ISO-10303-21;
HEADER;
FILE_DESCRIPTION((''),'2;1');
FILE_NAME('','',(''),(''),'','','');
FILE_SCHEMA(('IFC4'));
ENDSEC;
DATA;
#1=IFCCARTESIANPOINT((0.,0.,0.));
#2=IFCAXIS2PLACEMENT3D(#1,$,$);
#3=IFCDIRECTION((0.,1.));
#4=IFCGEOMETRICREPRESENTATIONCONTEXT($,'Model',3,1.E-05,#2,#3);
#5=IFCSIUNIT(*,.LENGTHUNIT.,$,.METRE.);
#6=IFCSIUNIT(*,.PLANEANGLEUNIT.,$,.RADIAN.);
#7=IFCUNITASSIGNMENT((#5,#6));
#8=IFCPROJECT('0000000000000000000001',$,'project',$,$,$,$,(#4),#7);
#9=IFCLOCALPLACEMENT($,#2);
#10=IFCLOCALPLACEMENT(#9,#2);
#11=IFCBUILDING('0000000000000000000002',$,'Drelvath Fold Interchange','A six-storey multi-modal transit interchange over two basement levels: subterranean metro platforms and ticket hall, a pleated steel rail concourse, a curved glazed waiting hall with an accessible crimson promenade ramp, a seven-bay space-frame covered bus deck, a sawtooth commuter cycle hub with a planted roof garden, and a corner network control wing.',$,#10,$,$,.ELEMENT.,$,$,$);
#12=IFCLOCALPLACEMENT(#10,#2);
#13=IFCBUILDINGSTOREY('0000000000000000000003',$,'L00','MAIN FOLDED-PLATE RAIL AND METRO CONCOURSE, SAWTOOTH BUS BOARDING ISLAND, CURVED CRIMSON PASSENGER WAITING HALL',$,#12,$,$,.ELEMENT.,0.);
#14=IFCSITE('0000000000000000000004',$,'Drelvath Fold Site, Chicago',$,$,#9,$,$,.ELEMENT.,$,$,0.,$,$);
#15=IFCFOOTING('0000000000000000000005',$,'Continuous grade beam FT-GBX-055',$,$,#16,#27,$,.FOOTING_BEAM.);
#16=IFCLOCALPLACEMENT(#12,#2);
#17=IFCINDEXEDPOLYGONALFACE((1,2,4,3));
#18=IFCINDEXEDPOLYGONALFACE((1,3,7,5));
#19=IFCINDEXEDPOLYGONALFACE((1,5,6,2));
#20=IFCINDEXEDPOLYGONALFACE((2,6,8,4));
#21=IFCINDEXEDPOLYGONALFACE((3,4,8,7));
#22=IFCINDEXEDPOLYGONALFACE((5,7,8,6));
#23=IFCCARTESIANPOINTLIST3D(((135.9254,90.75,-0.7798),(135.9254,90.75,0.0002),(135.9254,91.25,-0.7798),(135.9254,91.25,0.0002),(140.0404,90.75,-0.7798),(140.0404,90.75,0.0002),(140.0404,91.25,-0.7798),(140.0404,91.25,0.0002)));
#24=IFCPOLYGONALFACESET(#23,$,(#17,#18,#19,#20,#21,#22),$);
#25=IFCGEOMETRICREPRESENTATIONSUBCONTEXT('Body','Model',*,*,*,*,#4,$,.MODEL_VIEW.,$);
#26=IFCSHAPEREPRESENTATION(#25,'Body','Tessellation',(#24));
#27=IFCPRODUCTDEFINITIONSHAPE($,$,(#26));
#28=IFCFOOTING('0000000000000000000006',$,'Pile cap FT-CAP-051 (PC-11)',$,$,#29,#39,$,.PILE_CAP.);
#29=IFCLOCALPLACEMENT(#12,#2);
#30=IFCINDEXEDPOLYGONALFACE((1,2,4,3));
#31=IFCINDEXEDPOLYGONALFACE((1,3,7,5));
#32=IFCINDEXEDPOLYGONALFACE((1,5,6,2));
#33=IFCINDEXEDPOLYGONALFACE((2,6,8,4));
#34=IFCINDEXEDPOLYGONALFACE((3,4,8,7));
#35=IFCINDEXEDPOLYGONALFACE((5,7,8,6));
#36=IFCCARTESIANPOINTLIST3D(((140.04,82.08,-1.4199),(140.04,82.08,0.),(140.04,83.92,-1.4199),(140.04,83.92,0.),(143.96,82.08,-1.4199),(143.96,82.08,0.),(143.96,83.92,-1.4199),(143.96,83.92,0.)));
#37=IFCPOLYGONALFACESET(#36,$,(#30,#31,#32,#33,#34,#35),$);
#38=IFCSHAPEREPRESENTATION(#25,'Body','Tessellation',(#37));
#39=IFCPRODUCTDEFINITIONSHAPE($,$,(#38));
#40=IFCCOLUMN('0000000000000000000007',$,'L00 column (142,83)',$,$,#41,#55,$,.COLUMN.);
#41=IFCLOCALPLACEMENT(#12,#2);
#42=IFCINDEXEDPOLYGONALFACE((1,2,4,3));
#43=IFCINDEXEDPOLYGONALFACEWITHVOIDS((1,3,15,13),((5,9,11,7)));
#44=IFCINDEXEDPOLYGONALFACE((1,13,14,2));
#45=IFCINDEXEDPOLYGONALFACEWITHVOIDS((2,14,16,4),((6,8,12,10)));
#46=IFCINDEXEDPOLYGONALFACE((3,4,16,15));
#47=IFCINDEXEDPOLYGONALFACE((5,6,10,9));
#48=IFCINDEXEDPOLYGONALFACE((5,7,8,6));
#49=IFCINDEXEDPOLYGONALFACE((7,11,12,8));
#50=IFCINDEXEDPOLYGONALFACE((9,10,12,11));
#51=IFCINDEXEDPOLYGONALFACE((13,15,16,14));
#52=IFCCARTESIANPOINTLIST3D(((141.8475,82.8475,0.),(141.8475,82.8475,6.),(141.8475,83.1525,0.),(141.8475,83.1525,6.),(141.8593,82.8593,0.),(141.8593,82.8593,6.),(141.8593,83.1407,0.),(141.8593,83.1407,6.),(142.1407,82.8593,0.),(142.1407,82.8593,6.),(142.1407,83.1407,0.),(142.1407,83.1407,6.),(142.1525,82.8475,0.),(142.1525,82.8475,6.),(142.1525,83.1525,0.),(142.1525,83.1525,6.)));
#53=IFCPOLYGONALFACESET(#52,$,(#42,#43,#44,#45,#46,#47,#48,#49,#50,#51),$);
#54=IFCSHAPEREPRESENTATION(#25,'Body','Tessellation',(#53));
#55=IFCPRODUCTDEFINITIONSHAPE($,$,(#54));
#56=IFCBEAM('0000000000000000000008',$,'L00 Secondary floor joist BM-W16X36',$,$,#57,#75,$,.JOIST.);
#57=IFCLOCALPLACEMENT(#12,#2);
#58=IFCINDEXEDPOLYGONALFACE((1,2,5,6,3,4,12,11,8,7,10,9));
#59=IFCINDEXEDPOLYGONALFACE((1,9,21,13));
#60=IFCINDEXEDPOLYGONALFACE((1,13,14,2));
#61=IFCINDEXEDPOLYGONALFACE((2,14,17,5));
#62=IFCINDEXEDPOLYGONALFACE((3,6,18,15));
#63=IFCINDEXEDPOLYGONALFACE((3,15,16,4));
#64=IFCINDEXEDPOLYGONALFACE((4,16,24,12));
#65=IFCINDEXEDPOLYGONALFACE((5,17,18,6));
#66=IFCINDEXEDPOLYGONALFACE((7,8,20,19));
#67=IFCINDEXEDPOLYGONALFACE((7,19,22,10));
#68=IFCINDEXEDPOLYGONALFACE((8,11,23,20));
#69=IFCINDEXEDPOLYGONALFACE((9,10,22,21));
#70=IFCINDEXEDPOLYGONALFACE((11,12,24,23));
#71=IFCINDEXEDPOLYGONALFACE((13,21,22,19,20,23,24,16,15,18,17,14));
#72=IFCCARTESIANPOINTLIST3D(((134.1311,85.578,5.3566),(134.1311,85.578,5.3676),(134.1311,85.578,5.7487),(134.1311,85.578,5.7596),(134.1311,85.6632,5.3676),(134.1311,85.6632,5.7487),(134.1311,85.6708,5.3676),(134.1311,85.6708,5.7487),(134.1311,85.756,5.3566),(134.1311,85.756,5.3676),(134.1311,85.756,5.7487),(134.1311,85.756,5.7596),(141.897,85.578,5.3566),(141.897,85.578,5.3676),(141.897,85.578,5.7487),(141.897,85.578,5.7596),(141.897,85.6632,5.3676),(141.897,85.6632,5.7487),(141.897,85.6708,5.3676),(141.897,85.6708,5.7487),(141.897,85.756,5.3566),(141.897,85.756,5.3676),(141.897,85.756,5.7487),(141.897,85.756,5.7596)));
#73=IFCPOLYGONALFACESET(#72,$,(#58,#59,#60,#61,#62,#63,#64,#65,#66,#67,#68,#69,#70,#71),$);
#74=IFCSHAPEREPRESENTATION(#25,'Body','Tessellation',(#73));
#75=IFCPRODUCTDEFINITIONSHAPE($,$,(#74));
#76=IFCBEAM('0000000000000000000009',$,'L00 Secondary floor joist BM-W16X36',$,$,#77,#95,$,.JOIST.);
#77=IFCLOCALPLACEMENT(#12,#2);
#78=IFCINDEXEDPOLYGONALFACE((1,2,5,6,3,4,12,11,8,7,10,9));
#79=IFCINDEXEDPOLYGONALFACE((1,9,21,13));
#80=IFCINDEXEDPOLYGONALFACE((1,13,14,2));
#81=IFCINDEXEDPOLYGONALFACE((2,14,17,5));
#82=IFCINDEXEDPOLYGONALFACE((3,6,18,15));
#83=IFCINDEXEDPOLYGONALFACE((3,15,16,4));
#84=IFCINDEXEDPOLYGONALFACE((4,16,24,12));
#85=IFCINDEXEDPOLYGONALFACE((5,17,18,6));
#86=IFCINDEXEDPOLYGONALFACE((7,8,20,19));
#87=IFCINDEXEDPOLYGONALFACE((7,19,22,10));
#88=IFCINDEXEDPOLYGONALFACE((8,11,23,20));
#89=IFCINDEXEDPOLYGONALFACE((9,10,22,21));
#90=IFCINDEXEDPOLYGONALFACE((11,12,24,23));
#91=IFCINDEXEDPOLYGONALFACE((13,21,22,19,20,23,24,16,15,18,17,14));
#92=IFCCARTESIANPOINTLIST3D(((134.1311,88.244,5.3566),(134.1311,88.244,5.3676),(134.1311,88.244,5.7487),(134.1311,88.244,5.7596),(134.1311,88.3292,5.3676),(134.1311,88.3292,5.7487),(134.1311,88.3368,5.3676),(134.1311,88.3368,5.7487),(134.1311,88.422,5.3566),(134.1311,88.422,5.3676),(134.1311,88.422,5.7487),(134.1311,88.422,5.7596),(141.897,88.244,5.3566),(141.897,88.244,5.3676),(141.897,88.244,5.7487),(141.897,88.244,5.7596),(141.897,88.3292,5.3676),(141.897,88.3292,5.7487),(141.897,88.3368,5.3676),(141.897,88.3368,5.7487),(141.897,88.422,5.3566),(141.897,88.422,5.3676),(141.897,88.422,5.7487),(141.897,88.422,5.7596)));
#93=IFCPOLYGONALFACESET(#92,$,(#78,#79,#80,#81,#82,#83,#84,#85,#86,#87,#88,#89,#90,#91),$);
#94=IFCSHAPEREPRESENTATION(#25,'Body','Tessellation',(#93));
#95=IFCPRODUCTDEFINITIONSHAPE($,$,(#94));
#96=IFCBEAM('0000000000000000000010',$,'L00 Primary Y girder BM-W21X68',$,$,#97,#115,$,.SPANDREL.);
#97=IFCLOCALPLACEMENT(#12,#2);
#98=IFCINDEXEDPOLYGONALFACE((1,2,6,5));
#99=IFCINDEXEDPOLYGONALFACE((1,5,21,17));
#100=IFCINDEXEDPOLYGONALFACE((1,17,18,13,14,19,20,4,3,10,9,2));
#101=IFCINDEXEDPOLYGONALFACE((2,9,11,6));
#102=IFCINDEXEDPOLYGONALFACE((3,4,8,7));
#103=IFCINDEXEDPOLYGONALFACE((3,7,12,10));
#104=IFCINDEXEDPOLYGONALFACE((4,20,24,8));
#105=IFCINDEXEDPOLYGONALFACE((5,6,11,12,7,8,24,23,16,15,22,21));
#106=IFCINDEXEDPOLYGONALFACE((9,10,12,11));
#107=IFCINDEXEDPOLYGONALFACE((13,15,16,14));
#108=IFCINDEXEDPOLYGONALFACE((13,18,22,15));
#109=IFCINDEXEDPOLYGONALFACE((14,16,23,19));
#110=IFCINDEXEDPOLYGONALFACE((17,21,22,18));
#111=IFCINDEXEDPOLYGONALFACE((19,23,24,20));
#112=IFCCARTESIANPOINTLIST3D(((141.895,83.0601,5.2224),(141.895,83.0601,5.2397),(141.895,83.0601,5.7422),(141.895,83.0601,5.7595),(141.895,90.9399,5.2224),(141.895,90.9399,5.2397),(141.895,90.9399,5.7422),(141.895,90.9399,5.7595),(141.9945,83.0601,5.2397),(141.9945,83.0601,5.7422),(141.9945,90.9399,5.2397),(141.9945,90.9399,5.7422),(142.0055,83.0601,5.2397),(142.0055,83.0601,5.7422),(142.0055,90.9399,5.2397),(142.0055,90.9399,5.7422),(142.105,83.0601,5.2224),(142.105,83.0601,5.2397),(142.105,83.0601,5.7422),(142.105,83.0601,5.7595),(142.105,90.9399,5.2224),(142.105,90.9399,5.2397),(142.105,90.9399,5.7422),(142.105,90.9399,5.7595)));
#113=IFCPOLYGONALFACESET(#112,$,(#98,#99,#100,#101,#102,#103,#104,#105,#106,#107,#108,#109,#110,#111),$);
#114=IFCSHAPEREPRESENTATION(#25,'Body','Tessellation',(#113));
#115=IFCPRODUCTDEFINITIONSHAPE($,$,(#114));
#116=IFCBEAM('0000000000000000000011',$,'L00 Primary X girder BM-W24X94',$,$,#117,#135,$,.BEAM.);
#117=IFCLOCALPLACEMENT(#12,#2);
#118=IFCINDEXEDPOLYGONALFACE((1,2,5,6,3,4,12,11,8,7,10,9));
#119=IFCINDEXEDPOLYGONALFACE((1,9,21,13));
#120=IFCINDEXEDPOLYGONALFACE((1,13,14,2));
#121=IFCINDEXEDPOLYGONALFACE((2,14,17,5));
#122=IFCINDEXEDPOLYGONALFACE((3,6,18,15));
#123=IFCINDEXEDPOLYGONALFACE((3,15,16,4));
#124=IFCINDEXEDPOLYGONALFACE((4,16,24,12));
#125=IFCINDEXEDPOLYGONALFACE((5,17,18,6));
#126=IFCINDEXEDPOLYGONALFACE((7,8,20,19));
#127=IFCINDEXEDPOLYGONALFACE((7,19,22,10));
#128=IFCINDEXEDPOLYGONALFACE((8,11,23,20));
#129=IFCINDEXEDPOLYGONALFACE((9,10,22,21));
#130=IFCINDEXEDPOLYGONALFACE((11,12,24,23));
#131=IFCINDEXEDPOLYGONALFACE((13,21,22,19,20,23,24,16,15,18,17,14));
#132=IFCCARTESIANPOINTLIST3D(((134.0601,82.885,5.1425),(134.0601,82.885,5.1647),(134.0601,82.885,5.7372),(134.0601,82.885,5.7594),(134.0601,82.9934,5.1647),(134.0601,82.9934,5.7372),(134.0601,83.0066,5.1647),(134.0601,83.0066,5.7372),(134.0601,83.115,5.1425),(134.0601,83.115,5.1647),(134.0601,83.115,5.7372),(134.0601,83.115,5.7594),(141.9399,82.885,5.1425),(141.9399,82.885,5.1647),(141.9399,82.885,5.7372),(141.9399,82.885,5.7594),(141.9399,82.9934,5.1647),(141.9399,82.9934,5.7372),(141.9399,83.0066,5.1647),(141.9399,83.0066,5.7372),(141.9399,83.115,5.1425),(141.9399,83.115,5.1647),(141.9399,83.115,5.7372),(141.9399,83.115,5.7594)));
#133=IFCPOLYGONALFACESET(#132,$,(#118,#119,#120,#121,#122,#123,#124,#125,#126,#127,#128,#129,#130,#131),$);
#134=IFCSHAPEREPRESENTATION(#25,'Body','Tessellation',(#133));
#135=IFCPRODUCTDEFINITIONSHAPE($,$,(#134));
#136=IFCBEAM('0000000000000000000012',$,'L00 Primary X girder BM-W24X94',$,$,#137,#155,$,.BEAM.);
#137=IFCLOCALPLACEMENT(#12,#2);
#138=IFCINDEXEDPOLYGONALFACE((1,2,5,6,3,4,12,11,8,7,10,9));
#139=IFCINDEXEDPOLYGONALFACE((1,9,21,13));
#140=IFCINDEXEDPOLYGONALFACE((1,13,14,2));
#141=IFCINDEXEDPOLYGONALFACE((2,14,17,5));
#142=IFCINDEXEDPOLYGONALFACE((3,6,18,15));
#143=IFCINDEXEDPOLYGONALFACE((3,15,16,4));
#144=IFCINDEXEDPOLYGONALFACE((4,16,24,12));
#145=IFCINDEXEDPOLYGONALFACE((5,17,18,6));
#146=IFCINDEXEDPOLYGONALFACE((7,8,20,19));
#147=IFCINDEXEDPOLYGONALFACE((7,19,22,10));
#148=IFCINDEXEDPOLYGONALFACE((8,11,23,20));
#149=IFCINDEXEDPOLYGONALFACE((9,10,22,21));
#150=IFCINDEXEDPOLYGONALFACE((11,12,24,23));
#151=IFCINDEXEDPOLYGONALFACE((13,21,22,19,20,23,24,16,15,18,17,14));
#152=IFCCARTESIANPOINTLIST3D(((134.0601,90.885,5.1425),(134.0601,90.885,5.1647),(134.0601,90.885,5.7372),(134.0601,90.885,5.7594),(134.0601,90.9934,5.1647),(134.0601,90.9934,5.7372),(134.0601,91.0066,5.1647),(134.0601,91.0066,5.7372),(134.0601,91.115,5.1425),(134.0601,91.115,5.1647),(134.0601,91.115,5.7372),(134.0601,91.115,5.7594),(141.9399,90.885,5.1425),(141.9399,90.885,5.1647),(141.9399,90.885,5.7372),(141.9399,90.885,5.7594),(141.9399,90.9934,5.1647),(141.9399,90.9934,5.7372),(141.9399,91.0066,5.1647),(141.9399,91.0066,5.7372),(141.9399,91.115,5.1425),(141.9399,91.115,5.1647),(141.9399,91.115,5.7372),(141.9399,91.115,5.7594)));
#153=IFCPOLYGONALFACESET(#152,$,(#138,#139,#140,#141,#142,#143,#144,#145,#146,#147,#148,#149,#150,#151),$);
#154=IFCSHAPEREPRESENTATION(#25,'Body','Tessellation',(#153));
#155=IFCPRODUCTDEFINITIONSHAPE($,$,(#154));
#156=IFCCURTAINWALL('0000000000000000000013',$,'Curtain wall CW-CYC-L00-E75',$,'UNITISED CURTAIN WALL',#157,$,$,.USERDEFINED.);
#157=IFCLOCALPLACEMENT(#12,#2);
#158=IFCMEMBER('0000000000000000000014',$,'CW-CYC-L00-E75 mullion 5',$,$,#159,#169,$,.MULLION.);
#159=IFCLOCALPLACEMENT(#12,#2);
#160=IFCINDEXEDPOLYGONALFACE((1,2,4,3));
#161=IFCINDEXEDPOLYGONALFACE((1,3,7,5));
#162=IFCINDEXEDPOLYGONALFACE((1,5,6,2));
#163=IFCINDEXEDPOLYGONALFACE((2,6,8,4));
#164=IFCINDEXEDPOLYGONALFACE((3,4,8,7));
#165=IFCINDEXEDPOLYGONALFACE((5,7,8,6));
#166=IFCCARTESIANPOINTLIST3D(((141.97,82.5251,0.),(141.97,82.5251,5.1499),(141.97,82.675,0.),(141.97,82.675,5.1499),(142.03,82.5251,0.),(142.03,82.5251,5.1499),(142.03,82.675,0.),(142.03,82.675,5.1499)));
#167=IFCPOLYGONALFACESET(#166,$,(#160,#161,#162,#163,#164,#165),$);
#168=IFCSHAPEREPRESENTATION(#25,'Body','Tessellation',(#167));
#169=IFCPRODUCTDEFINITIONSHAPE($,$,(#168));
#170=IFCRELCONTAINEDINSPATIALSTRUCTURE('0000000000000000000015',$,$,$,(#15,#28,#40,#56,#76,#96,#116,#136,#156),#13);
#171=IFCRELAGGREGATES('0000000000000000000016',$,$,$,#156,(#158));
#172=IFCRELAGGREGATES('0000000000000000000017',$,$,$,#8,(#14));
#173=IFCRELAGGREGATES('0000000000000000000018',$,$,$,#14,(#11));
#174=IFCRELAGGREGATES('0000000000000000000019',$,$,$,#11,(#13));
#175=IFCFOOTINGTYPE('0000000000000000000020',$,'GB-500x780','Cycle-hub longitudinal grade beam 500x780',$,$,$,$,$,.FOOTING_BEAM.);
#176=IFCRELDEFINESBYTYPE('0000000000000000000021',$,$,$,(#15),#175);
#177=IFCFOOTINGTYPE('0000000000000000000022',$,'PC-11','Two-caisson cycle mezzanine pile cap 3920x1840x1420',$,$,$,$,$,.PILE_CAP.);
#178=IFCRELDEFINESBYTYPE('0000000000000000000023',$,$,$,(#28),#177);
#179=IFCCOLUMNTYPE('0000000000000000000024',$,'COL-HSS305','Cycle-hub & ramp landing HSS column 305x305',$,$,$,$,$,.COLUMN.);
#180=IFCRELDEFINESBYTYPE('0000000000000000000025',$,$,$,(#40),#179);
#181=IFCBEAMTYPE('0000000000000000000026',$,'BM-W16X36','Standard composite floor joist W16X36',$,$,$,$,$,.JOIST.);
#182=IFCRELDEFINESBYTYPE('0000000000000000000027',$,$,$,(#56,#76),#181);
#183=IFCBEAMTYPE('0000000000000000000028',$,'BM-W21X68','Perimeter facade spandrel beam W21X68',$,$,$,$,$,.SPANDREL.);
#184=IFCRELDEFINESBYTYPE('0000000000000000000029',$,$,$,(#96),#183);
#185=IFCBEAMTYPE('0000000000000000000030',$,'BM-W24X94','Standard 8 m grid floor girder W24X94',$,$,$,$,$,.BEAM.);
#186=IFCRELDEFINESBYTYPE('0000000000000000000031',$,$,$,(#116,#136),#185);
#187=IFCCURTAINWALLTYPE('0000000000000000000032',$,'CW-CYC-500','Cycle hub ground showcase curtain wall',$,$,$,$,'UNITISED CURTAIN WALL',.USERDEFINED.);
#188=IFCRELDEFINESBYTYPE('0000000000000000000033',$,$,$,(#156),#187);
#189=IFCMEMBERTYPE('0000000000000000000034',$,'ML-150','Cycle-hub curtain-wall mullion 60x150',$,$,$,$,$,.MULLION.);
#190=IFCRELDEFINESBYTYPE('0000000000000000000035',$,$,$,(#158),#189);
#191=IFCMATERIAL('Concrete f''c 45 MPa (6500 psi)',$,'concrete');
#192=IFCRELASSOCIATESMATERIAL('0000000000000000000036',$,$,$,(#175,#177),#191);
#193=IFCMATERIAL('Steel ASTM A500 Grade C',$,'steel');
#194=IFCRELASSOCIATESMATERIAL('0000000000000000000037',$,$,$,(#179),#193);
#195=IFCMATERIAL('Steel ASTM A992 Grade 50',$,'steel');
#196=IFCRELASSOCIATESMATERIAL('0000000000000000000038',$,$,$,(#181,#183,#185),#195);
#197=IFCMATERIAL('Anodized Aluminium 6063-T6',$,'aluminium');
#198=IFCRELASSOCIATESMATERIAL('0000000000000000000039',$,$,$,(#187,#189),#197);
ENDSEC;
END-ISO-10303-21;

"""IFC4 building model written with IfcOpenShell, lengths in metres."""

from ifc_helpers import new_model, si_unit, direction, frame, origin, origin_2d, place, context, subcontext, project, spatial, rectangle, hollow_rectangle, i_section, extrude, material, material_profile, profile_set, type_object, element, aggregate, save


model = new_model("IFC4")

# Units and contexts
model_context = context("Model", 3, precision=1e-05, world=origin(), true_north=direction((0.0, 1.0)))
body_context = subcontext(model_context, "Body", "Model", "MODEL_VIEW")
ifc_project = project(units=[si_unit("LENGTHUNIT", "METRE"), si_unit("PLANEANGLEUNIT", "RADIAN")], contexts=[model_context])

# Site, building, storey
site_placement = place(None, origin())
site = spatial("IfcSite", under=ifc_project, at=site_placement, Name="Drelvath Fold Site, Chicago", CompositionType="ELEMENT", RefElevation=0.0)
building_placement = place(site_placement, origin())
building = spatial("IfcBuilding", under=site, at=building_placement, Name="Drelvath Fold Interchange", Description="A six-storey multi-modal transit interchange over two basement levels: subterranean metro platforms and ticket hall, a pleated steel rail concourse, a curved glazed waiting hall with an accessible crimson promenade ramp, a seven-bay space-frame covered bus deck, a sawtooth commuter cycle hub with a planted roof garden, and a corner network control wing.", CompositionType="ELEMENT")
storey_placement = place(building_placement, origin())
storey = spatial("IfcBuildingStorey", under=building, at=storey_placement, Name="L00", Description="MAIN FOLDED-PLATE RAIL AND METRO CONCOURSE, SAWTOOTH BUS BOARDING ISLAND, CURVED CRIMSON PASSENGER WAITING HALL", CompositionType="ELEMENT", Elevation=0.0)

# Footings
ifc_material_1 = material(Name="Concrete f'c 45 MPa (6500 psi)", Category="concrete")
footing_type_1 = type_object("IfcFootingType", Name="GB-500x780", Description="Cycle-hub longitudinal grade beam 500x780", PredefinedType="FOOTING_BEAM", material=ifc_material_1)
for number, where, z_axis, x_axis, name in (
    (1, (137.9829, 91.0, -0.7798), (0.0, 0.0, 1.0), (1.0, 0.0, 0.0), "Continuous grade beam FT-GBX-055"),
):
    element("IfcFooting", number, at=place(storey_placement, frame(where, z_axis=z_axis, x_axis=x_axis)), inside=storey, type_object=footing_type_1, Name=name, PredefinedType="FOOTING_BEAM", context=body_context, shape_type="SweptSolid", body=[
        extrude(rectangle(XDim=4.115, YDim=0.5, at=origin_2d()), origin(), (0.0, 0.0, 1.0), 0.78),
    ])
footing_type_2 = type_object("IfcFootingType", Name="PC-11", Description="Two-caisson cycle mezzanine pile cap 3920x1840x1420", PredefinedType="PILE_CAP", material=ifc_material_1)
footing_1_placement = place(storey_placement, frame((142.0, 83.0, -1.4199), z_axis=(0.0, 0.0, 1.0), x_axis=(1.0, 0.0, 0.0)))
element("IfcFooting", 2, at=footing_1_placement, inside=storey, type_object=footing_type_2, Name="Pile cap FT-CAP-051 (PC-11)", PredefinedType="PILE_CAP", context=body_context, shape_type="SweptSolid", body=[
    extrude(rectangle(XDim=3.9199, YDim=1.8401, at=origin_2d()), origin(), (0.0, 0.0, 1.0), 1.4199),
])

# Column
ifc_material_2 = material(Name="Steel ASTM A500 Grade C", Category="steel")
ifc_material_profile_1 = material_profile(ifc_material_2, hollow_rectangle(XDim=0.3049, YDim=0.3049, WallThickness=0.0117, at=origin_2d()), Name="HSS12X12X1/2")
ifc_profile_set_1 = profile_set([ifc_material_profile_1], Name="Steel ASTM A500 Grade C")
column_type = type_object("IfcColumnType", Name="COL-HSS305", Description="Cycle-hub & ramp landing HSS column 305x305", PredefinedType="COLUMN", material=ifc_profile_set_1)
column_placement = place(storey_placement, frame((142.0, 83.0, 0.0), z_axis=(0.0, 0.0, 1.0), x_axis=(1.0, 0.0, 0.0)))
element("IfcColumn", 3, at=column_placement, inside=storey, type_object=column_type, Name="L00 column (142,83)", PredefinedType="COLUMN", context=body_context, shape_type="SweptSolid", body=[
    extrude(hollow_rectangle(XDim=0.3049, YDim=0.3049, WallThickness=0.0117, at=origin_2d()), origin(), (0.0, 0.0, 1.0), 6.0),
])

# Beams
ifc_material_3 = material(Name="Steel ASTM A992 Grade 50", Category="steel")
ifc_material_profile_2 = material_profile(ifc_material_3, i_section(OverallWidth=0.178, OverallDepth=0.4031, WebThickness=0.0076, FlangeThickness=0.011, at=origin_2d()), Name="W16X36")
ifc_profile_set_2 = profile_set([ifc_material_profile_2], Name="Steel ASTM A992 Grade 50")
beam_type_1 = type_object("IfcBeamType", Name="BM-W16X36", Description="Standard composite floor joist W16X36", PredefinedType="JOIST", material=ifc_profile_set_2)
for number, where, z_axis, x_axis, name in (
    (4, (134.1311, 85.667, 5.5581), (1.0, 0.0, 0.0), (0.0, 1.0, 0.0), "L00 Secondary floor joist BM-W16X36"),
    (5, (134.1311, 88.333, 5.5581), (1.0, 0.0, 0.0), (0.0, 1.0, 0.0), "L00 Secondary floor joist BM-W16X36"),
):
    element("IfcBeam", number, at=place(storey_placement, frame(where, z_axis=z_axis, x_axis=x_axis)), inside=storey, type_object=beam_type_1, Name=name, PredefinedType="JOIST", context=body_context, shape_type="SweptSolid", body=[
        extrude(i_section(OverallWidth=0.178, OverallDepth=0.4031, WebThickness=0.0076, FlangeThickness=0.011, at=origin_2d()), origin(), (0.0, 0.0, 1.0), 7.7659),
    ])
ifc_material_profile_3 = material_profile(ifc_material_3, i_section(OverallWidth=0.21, OverallDepth=0.5371, WebThickness=0.011, FlangeThickness=0.0173, at=origin_2d()), Name="W21X68")
ifc_profile_set_3 = profile_set([ifc_material_profile_3], Name="Steel ASTM A992 Grade 50")
beam_type_2 = type_object("IfcBeamType", Name="BM-W21X68", Description="Perimeter facade spandrel beam W21X68", PredefinedType="SPANDREL", material=ifc_profile_set_3)
beam_placement = place(storey_placement, frame((142.0, 83.0601, 5.491), z_axis=(0.0, 1.0, 0.0), x_axis=(-1.0, 0.0, 0.0)))
element("IfcBeam", 6, at=beam_placement, inside=storey, type_object=beam_type_2, Name="L00 Primary Y girder BM-W21X68", PredefinedType="SPANDREL", context=body_context, shape_type="SweptSolid", body=[
    extrude(i_section(OverallWidth=0.21, OverallDepth=0.5371, WebThickness=0.011, FlangeThickness=0.0173, at=origin_2d()), origin(), (0.0, 0.0, 1.0), 7.8799),
])
ifc_material_profile_4 = material_profile(ifc_material_3, i_section(OverallWidth=0.23, OverallDepth=0.6169, WebThickness=0.0132, FlangeThickness=0.0222, at=origin_2d()), Name="W24X94")
ifc_profile_set_4 = profile_set([ifc_material_profile_4], Name="Steel ASTM A992 Grade 50")
beam_type_3 = type_object("IfcBeamType", Name="BM-W24X94", Description="Standard 8 m grid floor girder W24X94", PredefinedType="BEAM", material=ifc_profile_set_4)
for number, where, z_axis, x_axis, name in (
    (7, (134.0601, 83.0, 5.4509), (1.0, 0.0, 0.0), (0.0, 1.0, 0.0), "L00 Primary X girder BM-W24X94"),
    (8, (134.0601, 91.0, 5.4509), (1.0, 0.0, 0.0), (0.0, 1.0, 0.0), "L00 Primary X girder BM-W24X94"),
):
    element("IfcBeam", number, at=place(storey_placement, frame(where, z_axis=z_axis, x_axis=x_axis)), inside=storey, type_object=beam_type_3, Name=name, PredefinedType="BEAM", context=body_context, shape_type="SweptSolid", body=[
        extrude(i_section(OverallWidth=0.23, OverallDepth=0.6169, WebThickness=0.0132, FlangeThickness=0.0222, at=origin_2d()), origin(), (0.0, 0.0, 1.0), 7.8799),
    ])

# Curtain wall, member
ifc_material_4 = material(Name="Anodized Aluminium 6063-T6", Category="aluminium")
curtain_wall_type = type_object("IfcCurtainWallType", Name="CW-CYC-500", Description="Cycle hub ground showcase curtain wall", ElementType="UNITISED CURTAIN WALL", PredefinedType="USERDEFINED", material=ifc_material_4)
curtain_wall_placement = place(storey_placement, origin())
curtain_wall = element("IfcCurtainWall", 9, at=curtain_wall_placement, inside=storey, type_object=curtain_wall_type, Name="Curtain wall CW-CYC-L00-E75", ObjectType="UNITISED CURTAIN WALL", PredefinedType="USERDEFINED")
ifc_material_profile_5 = material_profile(ifc_material_4, rectangle(XDim=0.0601, YDim=0.1499, at=origin_2d()), Name="AL-M 60x150")
ifc_profile_set_5 = profile_set([ifc_material_profile_5], Name="Anodized Aluminium 6063-T6")
member_type = type_object("IfcMemberType", Name="ML-150", Description="Cycle-hub curtain-wall mullion 60x150", PredefinedType="MULLION", material=ifc_profile_set_5)
member_placement = place(storey_placement, frame((142.0, 82.6001, 0.0), z_axis=(0.0, 0.0, 1.0), x_axis=(1.0, 0.0, 0.0)))
member = element("IfcMember", 10, at=member_placement, type_object=member_type, Name="CW-CYC-L00-E75 mullion 5", PredefinedType="MULLION", context=body_context, shape_type="SweptSolid", body=[
    extrude(rectangle(XDim=0.0601, YDim=0.1499, at=origin_2d()), origin(), (0.0, 0.0, 1.0), 5.1499),
])
aggregate(curtain_wall, [member])

save(model, "model.ifc")
